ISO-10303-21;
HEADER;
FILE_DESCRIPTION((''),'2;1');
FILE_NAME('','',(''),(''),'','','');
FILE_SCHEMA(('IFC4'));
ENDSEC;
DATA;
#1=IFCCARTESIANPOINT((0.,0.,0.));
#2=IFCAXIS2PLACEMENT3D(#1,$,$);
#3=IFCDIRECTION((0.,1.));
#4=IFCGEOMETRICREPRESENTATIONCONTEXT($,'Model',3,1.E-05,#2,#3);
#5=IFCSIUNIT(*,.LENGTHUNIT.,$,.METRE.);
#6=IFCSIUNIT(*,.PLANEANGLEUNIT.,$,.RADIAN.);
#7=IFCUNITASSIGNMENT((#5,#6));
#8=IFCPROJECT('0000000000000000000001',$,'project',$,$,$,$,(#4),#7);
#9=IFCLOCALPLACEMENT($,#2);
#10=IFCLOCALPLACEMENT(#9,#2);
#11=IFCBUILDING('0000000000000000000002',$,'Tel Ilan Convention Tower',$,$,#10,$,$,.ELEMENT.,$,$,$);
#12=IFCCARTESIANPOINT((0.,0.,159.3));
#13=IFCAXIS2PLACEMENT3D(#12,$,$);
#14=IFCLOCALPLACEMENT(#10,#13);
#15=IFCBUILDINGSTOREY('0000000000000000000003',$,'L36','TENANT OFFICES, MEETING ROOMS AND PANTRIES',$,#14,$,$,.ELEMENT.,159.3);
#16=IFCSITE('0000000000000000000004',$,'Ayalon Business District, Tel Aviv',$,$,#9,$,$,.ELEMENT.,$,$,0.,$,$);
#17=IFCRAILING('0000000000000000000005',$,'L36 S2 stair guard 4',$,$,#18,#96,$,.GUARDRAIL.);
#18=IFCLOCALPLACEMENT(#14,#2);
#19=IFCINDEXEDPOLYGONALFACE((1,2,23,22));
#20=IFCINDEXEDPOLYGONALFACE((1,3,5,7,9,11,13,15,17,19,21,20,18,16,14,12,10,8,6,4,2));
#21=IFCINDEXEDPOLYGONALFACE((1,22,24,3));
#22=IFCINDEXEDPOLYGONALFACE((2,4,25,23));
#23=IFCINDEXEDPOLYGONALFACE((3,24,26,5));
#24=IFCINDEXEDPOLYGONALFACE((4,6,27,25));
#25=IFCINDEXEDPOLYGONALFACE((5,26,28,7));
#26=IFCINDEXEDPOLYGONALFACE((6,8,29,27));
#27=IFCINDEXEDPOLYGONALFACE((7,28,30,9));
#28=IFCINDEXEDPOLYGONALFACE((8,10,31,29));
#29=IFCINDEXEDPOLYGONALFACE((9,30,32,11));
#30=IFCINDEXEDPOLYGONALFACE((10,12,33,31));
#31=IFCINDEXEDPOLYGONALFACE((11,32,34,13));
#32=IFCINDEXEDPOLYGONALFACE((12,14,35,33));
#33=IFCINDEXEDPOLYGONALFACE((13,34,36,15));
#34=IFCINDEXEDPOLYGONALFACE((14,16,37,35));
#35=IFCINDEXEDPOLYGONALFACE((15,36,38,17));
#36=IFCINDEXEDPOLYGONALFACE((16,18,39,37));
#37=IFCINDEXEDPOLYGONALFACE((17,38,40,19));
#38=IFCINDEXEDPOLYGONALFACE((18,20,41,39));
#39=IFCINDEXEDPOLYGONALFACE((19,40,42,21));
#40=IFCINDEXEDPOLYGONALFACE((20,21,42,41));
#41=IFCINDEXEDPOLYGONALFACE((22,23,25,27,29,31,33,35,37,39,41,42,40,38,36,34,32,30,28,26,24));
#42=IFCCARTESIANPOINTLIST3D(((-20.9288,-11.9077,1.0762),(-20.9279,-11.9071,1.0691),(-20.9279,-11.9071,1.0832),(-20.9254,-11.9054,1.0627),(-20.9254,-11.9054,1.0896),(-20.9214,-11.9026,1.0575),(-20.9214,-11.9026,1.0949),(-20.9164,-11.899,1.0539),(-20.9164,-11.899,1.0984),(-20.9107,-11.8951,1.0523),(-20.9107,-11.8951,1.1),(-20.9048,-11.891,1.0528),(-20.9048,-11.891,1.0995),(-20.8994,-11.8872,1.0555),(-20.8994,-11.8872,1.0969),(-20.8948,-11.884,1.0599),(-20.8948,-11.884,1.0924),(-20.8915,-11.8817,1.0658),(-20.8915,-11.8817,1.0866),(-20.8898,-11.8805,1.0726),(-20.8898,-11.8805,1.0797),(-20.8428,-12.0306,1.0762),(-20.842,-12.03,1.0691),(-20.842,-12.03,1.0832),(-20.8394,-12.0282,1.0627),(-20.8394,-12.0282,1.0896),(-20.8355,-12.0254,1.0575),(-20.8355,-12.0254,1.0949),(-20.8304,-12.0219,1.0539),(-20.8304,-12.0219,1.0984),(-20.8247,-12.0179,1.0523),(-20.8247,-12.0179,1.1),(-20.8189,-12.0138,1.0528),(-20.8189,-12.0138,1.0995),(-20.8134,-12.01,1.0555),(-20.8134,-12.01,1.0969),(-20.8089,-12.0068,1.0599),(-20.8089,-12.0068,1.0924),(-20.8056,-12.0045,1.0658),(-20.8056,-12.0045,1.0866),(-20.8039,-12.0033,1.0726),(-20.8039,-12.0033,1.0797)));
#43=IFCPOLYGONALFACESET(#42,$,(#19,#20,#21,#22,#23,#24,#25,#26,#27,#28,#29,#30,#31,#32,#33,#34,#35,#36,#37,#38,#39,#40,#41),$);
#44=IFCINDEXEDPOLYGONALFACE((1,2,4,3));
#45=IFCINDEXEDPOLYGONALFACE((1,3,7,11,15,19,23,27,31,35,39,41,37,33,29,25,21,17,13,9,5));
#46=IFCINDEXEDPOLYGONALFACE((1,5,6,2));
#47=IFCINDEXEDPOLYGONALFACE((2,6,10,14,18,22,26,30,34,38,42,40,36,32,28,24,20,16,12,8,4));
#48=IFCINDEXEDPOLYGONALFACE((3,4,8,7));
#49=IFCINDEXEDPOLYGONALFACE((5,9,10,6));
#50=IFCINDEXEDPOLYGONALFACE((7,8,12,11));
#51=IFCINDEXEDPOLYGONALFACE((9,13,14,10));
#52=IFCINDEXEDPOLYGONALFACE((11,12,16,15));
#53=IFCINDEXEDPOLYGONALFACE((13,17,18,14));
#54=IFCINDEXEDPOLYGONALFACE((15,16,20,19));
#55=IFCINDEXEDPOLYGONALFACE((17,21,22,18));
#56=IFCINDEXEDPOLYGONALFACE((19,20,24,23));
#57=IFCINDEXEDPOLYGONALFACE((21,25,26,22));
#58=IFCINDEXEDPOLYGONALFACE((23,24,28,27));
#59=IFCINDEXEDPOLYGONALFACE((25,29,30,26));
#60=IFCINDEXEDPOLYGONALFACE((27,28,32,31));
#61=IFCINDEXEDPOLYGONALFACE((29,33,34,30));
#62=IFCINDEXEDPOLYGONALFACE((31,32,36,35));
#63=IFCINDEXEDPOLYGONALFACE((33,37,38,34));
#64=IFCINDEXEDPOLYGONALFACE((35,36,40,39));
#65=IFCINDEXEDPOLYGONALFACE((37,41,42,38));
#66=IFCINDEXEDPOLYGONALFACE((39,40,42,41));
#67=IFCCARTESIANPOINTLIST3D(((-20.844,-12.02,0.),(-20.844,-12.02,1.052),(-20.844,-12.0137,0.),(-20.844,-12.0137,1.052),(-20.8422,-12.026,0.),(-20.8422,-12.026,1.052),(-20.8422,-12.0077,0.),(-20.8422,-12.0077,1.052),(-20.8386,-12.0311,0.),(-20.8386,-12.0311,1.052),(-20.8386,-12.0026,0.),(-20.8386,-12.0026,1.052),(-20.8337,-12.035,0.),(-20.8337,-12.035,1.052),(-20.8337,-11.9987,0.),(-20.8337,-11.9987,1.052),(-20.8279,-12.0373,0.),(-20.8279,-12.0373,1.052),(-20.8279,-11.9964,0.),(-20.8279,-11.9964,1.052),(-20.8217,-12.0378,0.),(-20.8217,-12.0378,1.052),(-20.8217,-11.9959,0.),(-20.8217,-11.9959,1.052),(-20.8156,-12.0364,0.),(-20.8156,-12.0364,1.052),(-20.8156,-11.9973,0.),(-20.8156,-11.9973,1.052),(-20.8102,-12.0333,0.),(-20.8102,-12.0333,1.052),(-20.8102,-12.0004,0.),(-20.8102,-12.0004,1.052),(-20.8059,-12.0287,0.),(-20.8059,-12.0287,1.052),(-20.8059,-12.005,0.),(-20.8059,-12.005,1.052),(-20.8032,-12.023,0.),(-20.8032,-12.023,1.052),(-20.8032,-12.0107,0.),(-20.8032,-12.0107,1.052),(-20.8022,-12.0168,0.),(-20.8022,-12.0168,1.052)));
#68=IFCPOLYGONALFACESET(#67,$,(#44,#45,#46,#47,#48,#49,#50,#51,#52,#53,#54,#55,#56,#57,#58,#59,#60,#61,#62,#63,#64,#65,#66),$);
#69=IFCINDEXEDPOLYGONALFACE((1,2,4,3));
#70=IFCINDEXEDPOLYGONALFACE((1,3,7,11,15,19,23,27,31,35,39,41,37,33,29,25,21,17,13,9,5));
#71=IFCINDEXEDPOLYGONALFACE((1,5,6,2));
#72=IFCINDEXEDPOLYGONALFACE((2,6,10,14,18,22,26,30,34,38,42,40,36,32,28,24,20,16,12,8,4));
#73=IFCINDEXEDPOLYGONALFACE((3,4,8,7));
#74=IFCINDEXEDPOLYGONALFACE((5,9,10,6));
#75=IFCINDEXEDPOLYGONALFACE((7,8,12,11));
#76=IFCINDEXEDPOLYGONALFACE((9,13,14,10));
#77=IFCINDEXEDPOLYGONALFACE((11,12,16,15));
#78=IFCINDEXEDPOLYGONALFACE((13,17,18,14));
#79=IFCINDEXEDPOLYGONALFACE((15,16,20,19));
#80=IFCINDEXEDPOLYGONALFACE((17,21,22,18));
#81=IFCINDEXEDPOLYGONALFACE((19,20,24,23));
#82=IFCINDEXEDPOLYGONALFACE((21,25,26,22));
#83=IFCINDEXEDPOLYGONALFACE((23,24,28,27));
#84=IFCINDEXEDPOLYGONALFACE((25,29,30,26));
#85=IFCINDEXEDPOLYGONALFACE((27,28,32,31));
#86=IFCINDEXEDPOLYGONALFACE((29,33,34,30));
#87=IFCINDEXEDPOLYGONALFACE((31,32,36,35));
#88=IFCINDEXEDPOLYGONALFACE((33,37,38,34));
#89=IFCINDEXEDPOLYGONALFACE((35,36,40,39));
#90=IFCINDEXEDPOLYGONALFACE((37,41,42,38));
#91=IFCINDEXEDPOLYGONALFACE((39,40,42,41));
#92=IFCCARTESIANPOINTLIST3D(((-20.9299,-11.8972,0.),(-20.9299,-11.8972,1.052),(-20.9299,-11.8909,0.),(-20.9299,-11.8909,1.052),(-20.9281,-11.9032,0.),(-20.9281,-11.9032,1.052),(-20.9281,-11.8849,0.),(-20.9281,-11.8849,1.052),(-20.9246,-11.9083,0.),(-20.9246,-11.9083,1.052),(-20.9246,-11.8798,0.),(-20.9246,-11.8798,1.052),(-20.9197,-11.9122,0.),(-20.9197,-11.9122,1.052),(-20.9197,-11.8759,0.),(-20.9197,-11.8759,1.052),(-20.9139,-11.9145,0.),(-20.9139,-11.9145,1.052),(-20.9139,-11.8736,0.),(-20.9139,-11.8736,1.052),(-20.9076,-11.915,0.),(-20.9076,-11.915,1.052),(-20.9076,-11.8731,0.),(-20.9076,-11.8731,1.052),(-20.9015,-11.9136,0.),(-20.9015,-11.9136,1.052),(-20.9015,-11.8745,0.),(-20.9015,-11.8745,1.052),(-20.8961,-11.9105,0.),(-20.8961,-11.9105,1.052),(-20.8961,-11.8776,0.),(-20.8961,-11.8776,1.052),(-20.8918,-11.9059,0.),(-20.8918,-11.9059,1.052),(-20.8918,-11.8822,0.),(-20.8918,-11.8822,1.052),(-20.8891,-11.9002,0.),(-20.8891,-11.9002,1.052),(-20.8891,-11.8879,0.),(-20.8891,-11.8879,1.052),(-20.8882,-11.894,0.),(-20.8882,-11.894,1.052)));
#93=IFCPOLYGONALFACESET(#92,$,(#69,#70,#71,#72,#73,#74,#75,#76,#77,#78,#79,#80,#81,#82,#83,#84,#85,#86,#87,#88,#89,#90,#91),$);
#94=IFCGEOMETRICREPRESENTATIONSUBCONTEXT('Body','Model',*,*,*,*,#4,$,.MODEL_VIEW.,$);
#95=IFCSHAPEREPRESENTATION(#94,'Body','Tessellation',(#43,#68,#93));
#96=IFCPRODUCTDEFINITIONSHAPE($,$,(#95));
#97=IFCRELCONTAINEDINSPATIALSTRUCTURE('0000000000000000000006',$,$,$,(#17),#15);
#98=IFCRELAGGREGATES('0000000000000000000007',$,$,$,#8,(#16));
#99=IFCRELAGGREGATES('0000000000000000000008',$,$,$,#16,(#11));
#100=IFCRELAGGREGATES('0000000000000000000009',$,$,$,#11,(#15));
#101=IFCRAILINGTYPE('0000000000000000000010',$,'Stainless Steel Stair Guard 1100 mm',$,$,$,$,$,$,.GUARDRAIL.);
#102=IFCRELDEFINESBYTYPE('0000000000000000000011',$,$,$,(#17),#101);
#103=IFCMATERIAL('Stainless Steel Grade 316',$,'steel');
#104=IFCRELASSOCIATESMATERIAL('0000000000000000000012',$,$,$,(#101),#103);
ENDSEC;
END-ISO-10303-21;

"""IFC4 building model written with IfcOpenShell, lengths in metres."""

from ifc_helpers import new_model, si_unit, direction, frame, origin, origin_2d, place, context, subcontext, project, spatial, circle, extrude, material, type_object, element, save


model = new_model("IFC4")

# Units and contexts
model_context = context("Model", 3, precision=1e-05, world=origin(), true_north=direction((0.0, 1.0)))
body_context = subcontext(model_context, "Body", "Model", "MODEL_VIEW")
ifc_project = project(units=[si_unit("LENGTHUNIT", "METRE"), si_unit("PLANEANGLEUNIT", "RADIAN")], contexts=[model_context])

# Site, building, storey
site_placement = place(None, origin())
site = spatial("IfcSite", under=ifc_project, at=site_placement, Name="Ayalon Business District, Tel Aviv", CompositionType="ELEMENT", RefElevation=0.0)
building_placement = place(site_placement, origin())
building = spatial("IfcBuilding", under=site, at=building_placement, Name="Tel Ilan Convention Tower", CompositionType="ELEMENT")
storey_placement = place(building_placement, frame((0.0, 0.0, 159.3)))
storey = spatial("IfcBuildingStorey", under=building, at=storey_placement, Name="L36", Description="TENANT OFFICES, MEETING ROOMS AND PANTRIES", CompositionType="ELEMENT", Elevation=159.3)

# Railing
ifc_material_1 = material(Name="Stainless Steel Grade 316", Category="steel")
railing_type_1 = type_object("IfcRailingType", Name="Stainless Steel Stair Guard 1100 mm", PredefinedType="GUARDRAIL", material=ifc_material_1)
railing_1_placement = place(storey_placement, frame((-20.8232, -12.0168, 0.0)))
element("IfcRailing", 1, at=railing_1_placement, inside=storey, type_object=railing_type_1, Name="L36 S2 stair guard 4", PredefinedType="GUARDRAIL", context=body_context, shape_type="SweptSolid", body=[
    extrude(circle(Radius=0.0239, at=origin_2d()), frame((0.0, 0.0, 1.0762), z_axis=(-0.573353, 0.819308, 0.0), x_axis=(-0.819308, -0.573353, 0.0)), (0.0, 0.0, 1.0), 0.1499),
    extrude(circle(Radius=0.021, at=origin_2d()), origin(), (0.0, 0.0, 1.0), 1.052),
    extrude(circle(Radius=0.021, at=origin_2d()), frame((-0.0859, 0.1228, 0.0)), (0.0, 0.0, 1.0), 1.052),
])

save(model, "model.ifc")
